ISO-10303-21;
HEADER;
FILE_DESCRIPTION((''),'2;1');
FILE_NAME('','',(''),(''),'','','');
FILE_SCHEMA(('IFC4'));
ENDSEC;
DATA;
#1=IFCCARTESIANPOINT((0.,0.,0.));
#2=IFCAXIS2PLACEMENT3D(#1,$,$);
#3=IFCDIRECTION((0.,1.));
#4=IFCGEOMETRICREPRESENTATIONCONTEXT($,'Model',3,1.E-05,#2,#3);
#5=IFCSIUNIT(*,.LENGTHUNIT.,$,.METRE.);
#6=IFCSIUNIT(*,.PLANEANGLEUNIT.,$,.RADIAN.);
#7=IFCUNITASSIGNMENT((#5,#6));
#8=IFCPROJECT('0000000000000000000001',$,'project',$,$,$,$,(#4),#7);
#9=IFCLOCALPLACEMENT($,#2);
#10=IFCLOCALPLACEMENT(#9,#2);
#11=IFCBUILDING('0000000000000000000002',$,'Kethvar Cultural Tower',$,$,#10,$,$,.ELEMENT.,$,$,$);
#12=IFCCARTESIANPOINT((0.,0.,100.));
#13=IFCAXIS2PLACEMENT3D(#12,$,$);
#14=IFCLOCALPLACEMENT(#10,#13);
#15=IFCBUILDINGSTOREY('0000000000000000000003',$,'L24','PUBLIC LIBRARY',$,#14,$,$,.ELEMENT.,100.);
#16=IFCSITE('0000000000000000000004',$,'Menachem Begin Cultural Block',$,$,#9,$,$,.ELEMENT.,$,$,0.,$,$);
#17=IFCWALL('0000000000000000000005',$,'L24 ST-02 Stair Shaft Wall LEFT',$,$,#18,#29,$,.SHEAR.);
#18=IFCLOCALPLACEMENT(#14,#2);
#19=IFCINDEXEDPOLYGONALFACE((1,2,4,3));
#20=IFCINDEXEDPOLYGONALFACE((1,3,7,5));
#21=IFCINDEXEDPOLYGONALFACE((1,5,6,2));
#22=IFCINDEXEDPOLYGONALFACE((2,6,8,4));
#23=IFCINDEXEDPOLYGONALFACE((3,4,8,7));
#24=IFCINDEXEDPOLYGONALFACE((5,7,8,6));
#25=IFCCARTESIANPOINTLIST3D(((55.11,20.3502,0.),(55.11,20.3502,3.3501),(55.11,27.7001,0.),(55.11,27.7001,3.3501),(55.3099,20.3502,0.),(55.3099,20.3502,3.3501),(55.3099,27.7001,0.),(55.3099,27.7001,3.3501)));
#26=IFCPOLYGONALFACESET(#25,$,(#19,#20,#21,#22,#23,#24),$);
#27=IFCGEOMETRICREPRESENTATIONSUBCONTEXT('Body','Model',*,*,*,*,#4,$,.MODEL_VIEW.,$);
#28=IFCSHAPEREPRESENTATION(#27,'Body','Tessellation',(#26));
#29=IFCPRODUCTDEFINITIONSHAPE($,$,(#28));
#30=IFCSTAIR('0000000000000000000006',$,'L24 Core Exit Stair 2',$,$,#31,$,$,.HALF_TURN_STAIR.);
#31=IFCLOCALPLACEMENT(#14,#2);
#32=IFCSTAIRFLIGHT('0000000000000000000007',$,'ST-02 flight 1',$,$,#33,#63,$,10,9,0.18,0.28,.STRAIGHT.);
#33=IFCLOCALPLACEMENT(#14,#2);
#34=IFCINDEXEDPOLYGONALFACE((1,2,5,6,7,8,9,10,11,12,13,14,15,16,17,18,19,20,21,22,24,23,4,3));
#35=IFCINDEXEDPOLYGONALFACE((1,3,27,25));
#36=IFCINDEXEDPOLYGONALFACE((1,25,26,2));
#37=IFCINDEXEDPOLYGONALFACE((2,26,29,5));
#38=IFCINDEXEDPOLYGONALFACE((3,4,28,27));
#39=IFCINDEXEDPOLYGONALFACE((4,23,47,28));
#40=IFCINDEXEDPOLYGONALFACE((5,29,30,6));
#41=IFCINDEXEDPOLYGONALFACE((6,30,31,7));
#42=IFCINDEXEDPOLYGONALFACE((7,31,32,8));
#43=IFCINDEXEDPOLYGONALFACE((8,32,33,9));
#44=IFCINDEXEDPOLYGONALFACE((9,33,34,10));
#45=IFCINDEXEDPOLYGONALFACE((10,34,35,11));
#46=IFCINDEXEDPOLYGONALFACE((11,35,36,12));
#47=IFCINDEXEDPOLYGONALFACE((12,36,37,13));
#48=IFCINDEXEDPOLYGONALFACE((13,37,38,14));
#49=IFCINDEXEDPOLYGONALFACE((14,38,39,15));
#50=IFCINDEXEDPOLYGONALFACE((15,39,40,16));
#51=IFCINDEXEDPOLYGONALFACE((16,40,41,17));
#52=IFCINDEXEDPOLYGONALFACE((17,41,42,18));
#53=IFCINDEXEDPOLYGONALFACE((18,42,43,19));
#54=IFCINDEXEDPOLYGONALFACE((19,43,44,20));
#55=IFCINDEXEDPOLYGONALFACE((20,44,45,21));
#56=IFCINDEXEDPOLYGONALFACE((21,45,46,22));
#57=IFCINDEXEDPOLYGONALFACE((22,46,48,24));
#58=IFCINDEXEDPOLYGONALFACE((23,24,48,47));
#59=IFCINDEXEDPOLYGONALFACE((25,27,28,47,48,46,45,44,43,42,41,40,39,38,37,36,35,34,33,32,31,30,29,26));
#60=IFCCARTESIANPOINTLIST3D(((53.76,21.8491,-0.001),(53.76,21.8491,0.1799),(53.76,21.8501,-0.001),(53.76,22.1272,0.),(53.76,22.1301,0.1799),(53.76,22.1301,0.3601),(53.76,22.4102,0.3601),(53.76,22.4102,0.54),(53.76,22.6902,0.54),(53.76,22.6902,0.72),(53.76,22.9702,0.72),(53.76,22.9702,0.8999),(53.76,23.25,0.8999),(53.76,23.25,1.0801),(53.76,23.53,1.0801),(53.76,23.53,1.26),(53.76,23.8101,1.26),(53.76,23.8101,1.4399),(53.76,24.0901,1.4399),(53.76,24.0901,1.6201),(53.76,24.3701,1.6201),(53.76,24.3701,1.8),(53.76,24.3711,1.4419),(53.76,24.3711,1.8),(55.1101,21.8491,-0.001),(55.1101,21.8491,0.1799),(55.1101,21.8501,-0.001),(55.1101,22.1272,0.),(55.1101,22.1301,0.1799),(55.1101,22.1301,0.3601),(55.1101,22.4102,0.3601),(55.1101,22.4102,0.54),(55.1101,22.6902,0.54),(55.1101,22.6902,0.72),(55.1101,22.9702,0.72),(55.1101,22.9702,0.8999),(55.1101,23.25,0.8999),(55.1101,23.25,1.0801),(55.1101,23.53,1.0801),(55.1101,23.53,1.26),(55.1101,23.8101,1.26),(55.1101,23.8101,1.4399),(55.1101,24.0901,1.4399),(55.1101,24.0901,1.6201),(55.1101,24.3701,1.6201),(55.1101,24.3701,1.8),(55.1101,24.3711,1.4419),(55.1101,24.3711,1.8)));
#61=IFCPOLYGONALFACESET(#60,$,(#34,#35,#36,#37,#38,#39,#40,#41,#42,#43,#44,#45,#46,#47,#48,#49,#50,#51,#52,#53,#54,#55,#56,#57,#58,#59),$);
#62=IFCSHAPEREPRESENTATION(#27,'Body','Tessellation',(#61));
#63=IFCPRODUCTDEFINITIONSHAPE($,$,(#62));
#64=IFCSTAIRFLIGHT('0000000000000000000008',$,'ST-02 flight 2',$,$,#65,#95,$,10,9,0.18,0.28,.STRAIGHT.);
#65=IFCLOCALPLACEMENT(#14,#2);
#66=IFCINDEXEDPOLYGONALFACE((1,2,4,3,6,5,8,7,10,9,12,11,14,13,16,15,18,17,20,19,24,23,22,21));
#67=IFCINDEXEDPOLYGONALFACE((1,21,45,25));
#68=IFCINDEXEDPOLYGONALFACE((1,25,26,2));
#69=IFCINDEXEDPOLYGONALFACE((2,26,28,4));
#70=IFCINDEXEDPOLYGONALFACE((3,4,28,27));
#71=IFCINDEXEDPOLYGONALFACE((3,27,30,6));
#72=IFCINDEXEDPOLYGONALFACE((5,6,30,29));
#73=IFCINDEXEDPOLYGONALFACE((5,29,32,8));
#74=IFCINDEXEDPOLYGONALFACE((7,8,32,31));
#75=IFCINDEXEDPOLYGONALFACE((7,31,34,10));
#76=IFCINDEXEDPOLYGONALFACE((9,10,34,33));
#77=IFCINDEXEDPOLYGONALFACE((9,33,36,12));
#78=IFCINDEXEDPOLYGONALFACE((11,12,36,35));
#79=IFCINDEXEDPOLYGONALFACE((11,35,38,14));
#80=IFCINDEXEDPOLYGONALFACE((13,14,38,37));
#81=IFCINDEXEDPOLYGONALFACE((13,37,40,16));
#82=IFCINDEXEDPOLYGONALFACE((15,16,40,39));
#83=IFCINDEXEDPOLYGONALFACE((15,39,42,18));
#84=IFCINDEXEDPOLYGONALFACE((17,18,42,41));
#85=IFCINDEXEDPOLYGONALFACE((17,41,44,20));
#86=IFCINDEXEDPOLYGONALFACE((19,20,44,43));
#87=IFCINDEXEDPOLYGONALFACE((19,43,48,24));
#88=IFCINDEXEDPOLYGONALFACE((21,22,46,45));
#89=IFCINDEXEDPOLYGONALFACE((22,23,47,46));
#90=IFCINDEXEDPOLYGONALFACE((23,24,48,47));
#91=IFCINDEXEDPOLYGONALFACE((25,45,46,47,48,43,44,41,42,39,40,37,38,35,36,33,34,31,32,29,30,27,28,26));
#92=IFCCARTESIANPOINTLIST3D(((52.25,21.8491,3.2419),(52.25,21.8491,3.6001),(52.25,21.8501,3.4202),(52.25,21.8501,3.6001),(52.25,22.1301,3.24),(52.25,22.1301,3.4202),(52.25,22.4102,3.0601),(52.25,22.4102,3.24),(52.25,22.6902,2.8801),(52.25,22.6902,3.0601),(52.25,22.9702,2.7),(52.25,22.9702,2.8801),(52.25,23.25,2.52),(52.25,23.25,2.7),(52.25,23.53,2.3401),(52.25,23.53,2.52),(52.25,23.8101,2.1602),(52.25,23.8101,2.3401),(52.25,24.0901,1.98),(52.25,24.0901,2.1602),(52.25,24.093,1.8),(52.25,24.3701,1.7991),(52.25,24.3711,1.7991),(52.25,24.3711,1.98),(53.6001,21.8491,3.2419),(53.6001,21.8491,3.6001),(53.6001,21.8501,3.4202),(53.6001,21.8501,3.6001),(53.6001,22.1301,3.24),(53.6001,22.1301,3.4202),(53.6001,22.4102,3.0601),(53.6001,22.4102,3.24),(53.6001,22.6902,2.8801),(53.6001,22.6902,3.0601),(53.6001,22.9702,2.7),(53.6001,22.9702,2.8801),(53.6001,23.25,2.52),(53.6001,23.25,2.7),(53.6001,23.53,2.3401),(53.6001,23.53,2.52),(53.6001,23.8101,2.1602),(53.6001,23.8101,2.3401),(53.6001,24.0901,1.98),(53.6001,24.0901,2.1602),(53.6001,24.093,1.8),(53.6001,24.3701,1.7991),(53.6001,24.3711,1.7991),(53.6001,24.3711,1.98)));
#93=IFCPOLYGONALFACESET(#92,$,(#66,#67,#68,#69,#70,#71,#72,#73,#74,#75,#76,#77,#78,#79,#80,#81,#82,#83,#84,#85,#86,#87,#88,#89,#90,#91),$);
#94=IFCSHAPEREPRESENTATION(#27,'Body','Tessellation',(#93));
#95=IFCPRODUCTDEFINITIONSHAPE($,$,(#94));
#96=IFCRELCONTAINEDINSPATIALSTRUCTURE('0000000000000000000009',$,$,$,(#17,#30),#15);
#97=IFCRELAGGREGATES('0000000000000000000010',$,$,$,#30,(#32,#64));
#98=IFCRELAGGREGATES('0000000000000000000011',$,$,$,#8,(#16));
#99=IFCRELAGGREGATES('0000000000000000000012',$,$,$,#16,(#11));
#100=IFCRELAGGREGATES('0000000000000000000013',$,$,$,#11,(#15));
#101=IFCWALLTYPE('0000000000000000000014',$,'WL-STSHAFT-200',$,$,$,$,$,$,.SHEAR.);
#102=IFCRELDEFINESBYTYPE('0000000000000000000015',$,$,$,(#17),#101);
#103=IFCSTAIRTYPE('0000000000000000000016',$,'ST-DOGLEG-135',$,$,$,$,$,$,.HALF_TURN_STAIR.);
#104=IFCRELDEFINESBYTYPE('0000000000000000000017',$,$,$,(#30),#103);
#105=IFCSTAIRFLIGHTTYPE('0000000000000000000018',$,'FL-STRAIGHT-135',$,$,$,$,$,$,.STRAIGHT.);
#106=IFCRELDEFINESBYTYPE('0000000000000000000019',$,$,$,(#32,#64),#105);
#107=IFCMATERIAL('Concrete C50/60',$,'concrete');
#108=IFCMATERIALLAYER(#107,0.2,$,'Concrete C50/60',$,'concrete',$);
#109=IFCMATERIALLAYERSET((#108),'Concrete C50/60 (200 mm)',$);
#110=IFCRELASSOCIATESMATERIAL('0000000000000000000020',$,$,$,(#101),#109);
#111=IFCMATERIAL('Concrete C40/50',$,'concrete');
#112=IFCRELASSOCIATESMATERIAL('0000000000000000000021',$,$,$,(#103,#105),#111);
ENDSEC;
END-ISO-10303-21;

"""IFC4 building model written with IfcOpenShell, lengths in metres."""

from ifc_helpers import new_model, si_unit, direction, frame, frame_2d, origin, place, context, subcontext, project, spatial, polyline, rectangle, outline, extrude, material, layer, layer_set, type_object, element, aggregate, save


model = new_model("IFC4")

# Units and contexts
model_context = context("Model", 3, precision=1e-05, world=origin(), true_north=direction((0.0, 1.0)))
body_context = subcontext(model_context, "Body", "Model", "MODEL_VIEW")
ifc_project = project(units=[si_unit("LENGTHUNIT", "METRE"), si_unit("PLANEANGLEUNIT", "RADIAN")], contexts=[model_context])

# Site, building, storey
site_placement = place(None, origin())
site = spatial("IfcSite", under=ifc_project, at=site_placement, Name="Menachem Begin Cultural Block", CompositionType="ELEMENT", RefElevation=0.0)
building_placement = place(site_placement, origin())
building = spatial("IfcBuilding", under=site, at=building_placement, Name="Kethvar Cultural Tower", CompositionType="ELEMENT")
storey_placement = place(building_placement, frame((0.0, 0.0, 100.0)))
storey = spatial("IfcBuildingStorey", under=building, at=storey_placement, Name="L24", Description="PUBLIC LIBRARY", CompositionType="ELEMENT", Elevation=100.0)

# Shared definitions
ifc_material_1 = material(Name="Concrete C50/60", Category="concrete")

# Wall
ifc_layer_1 = layer(ifc_material_1, 0.2, Name="Concrete C50/60", Category="concrete")
ifc_layer_set_1 = layer_set([ifc_layer_1], Name="Concrete C50/60 (200 mm)")
wall_type_1 = type_object("IfcWallType", Name="WL-STSHAFT-200", PredefinedType="SHEAR", material=ifc_layer_set_1)
wall_1_placement = place(storey_placement, frame((55.21, 27.7, 0.0), z_axis=(0.0, 0.0, 1.0), x_axis=(0.0, -1.0, 0.0)))
element("IfcWall", 1, at=wall_1_placement, inside=storey, type_object=wall_type_1, Name="L24 ST-02 Stair Shaft Wall LEFT", PredefinedType="SHEAR", context=body_context, shape_type="SweptSolid", body=[
    extrude(rectangle(XDim=7.3499, YDim=0.2, at=frame_2d((3.6748, 0.0))), origin(), (0.0, 0.0, 1.0), 3.3501),
])

# Stair, stair flights
ifc_material_2 = material(Name="Concrete C40/50", Category="concrete")
stair_type = type_object("IfcStairType", Name="ST-DOGLEG-135", PredefinedType="HALF_TURN_STAIR", material=ifc_material_2)
stair_placement = place(storey_placement, origin())
stair = element("IfcStair", 2, at=stair_placement, inside=storey, type_object=stair_type, Name="L24 Core Exit Stair 2", PredefinedType="HALF_TURN_STAIR")
stair_flight_type = type_object("IfcStairFlightType", Name="FL-STRAIGHT-135", PredefinedType="STRAIGHT", material=ifc_material_2)
stair_flight_1_placement = place(storey_placement, frame((54.4351, 21.8501, 0.0), z_axis=(0.0, 0.0, 1.0), x_axis=(0.0, 1.0, 0.0)))
stair_flight_1 = element("IfcStairFlight", 3, at=stair_flight_1_placement, type_object=stair_flight_type, Name="ST-02 flight 1", NumberOfRisers=10, NumberOfTreads=9, PredefinedType="STRAIGHT", RiserHeight=0.18, TreadLength=0.28, context=body_context, shape_type="SweptSolid", body=[
    extrude(outline(polyline([(-0.001, -0.001), (-0.001, 0.1799), (0.28, 0.1799), (0.28, 0.3601), (0.5601, 0.3601), (0.5601, 0.54), (0.8401, 0.54), (0.8401, 0.72), (1.1201, 0.72), (1.1201, 0.8999), (1.3999, 0.8999), (1.3999, 1.0801), (1.6799, 1.0801), (1.6799, 1.26), (1.96, 1.26), (1.96, 1.4399), (2.24, 1.4399), (2.24, 1.6201), (2.52, 1.6201), (2.52, 1.8), (2.521, 1.8), (2.521, 1.4419), (0.2771, 0.0), (0.0, -0.001), (-0.001, -0.001)])), frame((0.0, 0.675, 0.0), z_axis=(0.0, -1.0, 0.0), x_axis=(1.0, 0.0, 0.0)), (0.0, 0.0, 1.0), 1.3501),
])
stair_flight_2_placement = place(storey_placement, frame((52.925, 24.3701, 1.8), z_axis=(0.0, 0.0, 1.0), x_axis=(0.0, -1.0, 0.0)))
stair_flight_2 = element("IfcStairFlight", 4, at=stair_flight_2_placement, type_object=stair_flight_type, Name="ST-02 flight 2", NumberOfRisers=10, NumberOfTreads=9, PredefinedType="STRAIGHT", RiserHeight=0.18, TreadLength=0.28, context=body_context, shape_type="SweptSolid", body=[
    extrude(outline(polyline([(-0.001, -0.001), (-0.001, 0.1799), (0.28, 0.1799), (0.28, 0.3601), (0.5601, 0.3601), (0.5601, 0.54), (0.8401, 0.54), (0.8401, 0.72), (1.1201, 0.72), (1.1201, 0.8999), (1.3999, 0.8999), (1.3999, 1.0801), (1.6799, 1.0801), (1.6799, 1.26), (1.96, 1.26), (1.96, 1.4399), (2.24, 1.4399), (2.24, 1.6201), (2.52, 1.6201), (2.52, 1.8), (2.521, 1.8), (2.521, 1.4419), (0.2771, 0.0), (0.0, -0.001), (-0.001, -0.001)])), frame((0.0, 0.675, 0.0), z_axis=(0.0, -1.0, 0.0), x_axis=(1.0, 0.0, 0.0)), (0.0, 0.0, 1.0), 1.3501),
])
aggregate(stair, [stair_flight_1, stair_flight_2])

save(model, "model.ifc")
